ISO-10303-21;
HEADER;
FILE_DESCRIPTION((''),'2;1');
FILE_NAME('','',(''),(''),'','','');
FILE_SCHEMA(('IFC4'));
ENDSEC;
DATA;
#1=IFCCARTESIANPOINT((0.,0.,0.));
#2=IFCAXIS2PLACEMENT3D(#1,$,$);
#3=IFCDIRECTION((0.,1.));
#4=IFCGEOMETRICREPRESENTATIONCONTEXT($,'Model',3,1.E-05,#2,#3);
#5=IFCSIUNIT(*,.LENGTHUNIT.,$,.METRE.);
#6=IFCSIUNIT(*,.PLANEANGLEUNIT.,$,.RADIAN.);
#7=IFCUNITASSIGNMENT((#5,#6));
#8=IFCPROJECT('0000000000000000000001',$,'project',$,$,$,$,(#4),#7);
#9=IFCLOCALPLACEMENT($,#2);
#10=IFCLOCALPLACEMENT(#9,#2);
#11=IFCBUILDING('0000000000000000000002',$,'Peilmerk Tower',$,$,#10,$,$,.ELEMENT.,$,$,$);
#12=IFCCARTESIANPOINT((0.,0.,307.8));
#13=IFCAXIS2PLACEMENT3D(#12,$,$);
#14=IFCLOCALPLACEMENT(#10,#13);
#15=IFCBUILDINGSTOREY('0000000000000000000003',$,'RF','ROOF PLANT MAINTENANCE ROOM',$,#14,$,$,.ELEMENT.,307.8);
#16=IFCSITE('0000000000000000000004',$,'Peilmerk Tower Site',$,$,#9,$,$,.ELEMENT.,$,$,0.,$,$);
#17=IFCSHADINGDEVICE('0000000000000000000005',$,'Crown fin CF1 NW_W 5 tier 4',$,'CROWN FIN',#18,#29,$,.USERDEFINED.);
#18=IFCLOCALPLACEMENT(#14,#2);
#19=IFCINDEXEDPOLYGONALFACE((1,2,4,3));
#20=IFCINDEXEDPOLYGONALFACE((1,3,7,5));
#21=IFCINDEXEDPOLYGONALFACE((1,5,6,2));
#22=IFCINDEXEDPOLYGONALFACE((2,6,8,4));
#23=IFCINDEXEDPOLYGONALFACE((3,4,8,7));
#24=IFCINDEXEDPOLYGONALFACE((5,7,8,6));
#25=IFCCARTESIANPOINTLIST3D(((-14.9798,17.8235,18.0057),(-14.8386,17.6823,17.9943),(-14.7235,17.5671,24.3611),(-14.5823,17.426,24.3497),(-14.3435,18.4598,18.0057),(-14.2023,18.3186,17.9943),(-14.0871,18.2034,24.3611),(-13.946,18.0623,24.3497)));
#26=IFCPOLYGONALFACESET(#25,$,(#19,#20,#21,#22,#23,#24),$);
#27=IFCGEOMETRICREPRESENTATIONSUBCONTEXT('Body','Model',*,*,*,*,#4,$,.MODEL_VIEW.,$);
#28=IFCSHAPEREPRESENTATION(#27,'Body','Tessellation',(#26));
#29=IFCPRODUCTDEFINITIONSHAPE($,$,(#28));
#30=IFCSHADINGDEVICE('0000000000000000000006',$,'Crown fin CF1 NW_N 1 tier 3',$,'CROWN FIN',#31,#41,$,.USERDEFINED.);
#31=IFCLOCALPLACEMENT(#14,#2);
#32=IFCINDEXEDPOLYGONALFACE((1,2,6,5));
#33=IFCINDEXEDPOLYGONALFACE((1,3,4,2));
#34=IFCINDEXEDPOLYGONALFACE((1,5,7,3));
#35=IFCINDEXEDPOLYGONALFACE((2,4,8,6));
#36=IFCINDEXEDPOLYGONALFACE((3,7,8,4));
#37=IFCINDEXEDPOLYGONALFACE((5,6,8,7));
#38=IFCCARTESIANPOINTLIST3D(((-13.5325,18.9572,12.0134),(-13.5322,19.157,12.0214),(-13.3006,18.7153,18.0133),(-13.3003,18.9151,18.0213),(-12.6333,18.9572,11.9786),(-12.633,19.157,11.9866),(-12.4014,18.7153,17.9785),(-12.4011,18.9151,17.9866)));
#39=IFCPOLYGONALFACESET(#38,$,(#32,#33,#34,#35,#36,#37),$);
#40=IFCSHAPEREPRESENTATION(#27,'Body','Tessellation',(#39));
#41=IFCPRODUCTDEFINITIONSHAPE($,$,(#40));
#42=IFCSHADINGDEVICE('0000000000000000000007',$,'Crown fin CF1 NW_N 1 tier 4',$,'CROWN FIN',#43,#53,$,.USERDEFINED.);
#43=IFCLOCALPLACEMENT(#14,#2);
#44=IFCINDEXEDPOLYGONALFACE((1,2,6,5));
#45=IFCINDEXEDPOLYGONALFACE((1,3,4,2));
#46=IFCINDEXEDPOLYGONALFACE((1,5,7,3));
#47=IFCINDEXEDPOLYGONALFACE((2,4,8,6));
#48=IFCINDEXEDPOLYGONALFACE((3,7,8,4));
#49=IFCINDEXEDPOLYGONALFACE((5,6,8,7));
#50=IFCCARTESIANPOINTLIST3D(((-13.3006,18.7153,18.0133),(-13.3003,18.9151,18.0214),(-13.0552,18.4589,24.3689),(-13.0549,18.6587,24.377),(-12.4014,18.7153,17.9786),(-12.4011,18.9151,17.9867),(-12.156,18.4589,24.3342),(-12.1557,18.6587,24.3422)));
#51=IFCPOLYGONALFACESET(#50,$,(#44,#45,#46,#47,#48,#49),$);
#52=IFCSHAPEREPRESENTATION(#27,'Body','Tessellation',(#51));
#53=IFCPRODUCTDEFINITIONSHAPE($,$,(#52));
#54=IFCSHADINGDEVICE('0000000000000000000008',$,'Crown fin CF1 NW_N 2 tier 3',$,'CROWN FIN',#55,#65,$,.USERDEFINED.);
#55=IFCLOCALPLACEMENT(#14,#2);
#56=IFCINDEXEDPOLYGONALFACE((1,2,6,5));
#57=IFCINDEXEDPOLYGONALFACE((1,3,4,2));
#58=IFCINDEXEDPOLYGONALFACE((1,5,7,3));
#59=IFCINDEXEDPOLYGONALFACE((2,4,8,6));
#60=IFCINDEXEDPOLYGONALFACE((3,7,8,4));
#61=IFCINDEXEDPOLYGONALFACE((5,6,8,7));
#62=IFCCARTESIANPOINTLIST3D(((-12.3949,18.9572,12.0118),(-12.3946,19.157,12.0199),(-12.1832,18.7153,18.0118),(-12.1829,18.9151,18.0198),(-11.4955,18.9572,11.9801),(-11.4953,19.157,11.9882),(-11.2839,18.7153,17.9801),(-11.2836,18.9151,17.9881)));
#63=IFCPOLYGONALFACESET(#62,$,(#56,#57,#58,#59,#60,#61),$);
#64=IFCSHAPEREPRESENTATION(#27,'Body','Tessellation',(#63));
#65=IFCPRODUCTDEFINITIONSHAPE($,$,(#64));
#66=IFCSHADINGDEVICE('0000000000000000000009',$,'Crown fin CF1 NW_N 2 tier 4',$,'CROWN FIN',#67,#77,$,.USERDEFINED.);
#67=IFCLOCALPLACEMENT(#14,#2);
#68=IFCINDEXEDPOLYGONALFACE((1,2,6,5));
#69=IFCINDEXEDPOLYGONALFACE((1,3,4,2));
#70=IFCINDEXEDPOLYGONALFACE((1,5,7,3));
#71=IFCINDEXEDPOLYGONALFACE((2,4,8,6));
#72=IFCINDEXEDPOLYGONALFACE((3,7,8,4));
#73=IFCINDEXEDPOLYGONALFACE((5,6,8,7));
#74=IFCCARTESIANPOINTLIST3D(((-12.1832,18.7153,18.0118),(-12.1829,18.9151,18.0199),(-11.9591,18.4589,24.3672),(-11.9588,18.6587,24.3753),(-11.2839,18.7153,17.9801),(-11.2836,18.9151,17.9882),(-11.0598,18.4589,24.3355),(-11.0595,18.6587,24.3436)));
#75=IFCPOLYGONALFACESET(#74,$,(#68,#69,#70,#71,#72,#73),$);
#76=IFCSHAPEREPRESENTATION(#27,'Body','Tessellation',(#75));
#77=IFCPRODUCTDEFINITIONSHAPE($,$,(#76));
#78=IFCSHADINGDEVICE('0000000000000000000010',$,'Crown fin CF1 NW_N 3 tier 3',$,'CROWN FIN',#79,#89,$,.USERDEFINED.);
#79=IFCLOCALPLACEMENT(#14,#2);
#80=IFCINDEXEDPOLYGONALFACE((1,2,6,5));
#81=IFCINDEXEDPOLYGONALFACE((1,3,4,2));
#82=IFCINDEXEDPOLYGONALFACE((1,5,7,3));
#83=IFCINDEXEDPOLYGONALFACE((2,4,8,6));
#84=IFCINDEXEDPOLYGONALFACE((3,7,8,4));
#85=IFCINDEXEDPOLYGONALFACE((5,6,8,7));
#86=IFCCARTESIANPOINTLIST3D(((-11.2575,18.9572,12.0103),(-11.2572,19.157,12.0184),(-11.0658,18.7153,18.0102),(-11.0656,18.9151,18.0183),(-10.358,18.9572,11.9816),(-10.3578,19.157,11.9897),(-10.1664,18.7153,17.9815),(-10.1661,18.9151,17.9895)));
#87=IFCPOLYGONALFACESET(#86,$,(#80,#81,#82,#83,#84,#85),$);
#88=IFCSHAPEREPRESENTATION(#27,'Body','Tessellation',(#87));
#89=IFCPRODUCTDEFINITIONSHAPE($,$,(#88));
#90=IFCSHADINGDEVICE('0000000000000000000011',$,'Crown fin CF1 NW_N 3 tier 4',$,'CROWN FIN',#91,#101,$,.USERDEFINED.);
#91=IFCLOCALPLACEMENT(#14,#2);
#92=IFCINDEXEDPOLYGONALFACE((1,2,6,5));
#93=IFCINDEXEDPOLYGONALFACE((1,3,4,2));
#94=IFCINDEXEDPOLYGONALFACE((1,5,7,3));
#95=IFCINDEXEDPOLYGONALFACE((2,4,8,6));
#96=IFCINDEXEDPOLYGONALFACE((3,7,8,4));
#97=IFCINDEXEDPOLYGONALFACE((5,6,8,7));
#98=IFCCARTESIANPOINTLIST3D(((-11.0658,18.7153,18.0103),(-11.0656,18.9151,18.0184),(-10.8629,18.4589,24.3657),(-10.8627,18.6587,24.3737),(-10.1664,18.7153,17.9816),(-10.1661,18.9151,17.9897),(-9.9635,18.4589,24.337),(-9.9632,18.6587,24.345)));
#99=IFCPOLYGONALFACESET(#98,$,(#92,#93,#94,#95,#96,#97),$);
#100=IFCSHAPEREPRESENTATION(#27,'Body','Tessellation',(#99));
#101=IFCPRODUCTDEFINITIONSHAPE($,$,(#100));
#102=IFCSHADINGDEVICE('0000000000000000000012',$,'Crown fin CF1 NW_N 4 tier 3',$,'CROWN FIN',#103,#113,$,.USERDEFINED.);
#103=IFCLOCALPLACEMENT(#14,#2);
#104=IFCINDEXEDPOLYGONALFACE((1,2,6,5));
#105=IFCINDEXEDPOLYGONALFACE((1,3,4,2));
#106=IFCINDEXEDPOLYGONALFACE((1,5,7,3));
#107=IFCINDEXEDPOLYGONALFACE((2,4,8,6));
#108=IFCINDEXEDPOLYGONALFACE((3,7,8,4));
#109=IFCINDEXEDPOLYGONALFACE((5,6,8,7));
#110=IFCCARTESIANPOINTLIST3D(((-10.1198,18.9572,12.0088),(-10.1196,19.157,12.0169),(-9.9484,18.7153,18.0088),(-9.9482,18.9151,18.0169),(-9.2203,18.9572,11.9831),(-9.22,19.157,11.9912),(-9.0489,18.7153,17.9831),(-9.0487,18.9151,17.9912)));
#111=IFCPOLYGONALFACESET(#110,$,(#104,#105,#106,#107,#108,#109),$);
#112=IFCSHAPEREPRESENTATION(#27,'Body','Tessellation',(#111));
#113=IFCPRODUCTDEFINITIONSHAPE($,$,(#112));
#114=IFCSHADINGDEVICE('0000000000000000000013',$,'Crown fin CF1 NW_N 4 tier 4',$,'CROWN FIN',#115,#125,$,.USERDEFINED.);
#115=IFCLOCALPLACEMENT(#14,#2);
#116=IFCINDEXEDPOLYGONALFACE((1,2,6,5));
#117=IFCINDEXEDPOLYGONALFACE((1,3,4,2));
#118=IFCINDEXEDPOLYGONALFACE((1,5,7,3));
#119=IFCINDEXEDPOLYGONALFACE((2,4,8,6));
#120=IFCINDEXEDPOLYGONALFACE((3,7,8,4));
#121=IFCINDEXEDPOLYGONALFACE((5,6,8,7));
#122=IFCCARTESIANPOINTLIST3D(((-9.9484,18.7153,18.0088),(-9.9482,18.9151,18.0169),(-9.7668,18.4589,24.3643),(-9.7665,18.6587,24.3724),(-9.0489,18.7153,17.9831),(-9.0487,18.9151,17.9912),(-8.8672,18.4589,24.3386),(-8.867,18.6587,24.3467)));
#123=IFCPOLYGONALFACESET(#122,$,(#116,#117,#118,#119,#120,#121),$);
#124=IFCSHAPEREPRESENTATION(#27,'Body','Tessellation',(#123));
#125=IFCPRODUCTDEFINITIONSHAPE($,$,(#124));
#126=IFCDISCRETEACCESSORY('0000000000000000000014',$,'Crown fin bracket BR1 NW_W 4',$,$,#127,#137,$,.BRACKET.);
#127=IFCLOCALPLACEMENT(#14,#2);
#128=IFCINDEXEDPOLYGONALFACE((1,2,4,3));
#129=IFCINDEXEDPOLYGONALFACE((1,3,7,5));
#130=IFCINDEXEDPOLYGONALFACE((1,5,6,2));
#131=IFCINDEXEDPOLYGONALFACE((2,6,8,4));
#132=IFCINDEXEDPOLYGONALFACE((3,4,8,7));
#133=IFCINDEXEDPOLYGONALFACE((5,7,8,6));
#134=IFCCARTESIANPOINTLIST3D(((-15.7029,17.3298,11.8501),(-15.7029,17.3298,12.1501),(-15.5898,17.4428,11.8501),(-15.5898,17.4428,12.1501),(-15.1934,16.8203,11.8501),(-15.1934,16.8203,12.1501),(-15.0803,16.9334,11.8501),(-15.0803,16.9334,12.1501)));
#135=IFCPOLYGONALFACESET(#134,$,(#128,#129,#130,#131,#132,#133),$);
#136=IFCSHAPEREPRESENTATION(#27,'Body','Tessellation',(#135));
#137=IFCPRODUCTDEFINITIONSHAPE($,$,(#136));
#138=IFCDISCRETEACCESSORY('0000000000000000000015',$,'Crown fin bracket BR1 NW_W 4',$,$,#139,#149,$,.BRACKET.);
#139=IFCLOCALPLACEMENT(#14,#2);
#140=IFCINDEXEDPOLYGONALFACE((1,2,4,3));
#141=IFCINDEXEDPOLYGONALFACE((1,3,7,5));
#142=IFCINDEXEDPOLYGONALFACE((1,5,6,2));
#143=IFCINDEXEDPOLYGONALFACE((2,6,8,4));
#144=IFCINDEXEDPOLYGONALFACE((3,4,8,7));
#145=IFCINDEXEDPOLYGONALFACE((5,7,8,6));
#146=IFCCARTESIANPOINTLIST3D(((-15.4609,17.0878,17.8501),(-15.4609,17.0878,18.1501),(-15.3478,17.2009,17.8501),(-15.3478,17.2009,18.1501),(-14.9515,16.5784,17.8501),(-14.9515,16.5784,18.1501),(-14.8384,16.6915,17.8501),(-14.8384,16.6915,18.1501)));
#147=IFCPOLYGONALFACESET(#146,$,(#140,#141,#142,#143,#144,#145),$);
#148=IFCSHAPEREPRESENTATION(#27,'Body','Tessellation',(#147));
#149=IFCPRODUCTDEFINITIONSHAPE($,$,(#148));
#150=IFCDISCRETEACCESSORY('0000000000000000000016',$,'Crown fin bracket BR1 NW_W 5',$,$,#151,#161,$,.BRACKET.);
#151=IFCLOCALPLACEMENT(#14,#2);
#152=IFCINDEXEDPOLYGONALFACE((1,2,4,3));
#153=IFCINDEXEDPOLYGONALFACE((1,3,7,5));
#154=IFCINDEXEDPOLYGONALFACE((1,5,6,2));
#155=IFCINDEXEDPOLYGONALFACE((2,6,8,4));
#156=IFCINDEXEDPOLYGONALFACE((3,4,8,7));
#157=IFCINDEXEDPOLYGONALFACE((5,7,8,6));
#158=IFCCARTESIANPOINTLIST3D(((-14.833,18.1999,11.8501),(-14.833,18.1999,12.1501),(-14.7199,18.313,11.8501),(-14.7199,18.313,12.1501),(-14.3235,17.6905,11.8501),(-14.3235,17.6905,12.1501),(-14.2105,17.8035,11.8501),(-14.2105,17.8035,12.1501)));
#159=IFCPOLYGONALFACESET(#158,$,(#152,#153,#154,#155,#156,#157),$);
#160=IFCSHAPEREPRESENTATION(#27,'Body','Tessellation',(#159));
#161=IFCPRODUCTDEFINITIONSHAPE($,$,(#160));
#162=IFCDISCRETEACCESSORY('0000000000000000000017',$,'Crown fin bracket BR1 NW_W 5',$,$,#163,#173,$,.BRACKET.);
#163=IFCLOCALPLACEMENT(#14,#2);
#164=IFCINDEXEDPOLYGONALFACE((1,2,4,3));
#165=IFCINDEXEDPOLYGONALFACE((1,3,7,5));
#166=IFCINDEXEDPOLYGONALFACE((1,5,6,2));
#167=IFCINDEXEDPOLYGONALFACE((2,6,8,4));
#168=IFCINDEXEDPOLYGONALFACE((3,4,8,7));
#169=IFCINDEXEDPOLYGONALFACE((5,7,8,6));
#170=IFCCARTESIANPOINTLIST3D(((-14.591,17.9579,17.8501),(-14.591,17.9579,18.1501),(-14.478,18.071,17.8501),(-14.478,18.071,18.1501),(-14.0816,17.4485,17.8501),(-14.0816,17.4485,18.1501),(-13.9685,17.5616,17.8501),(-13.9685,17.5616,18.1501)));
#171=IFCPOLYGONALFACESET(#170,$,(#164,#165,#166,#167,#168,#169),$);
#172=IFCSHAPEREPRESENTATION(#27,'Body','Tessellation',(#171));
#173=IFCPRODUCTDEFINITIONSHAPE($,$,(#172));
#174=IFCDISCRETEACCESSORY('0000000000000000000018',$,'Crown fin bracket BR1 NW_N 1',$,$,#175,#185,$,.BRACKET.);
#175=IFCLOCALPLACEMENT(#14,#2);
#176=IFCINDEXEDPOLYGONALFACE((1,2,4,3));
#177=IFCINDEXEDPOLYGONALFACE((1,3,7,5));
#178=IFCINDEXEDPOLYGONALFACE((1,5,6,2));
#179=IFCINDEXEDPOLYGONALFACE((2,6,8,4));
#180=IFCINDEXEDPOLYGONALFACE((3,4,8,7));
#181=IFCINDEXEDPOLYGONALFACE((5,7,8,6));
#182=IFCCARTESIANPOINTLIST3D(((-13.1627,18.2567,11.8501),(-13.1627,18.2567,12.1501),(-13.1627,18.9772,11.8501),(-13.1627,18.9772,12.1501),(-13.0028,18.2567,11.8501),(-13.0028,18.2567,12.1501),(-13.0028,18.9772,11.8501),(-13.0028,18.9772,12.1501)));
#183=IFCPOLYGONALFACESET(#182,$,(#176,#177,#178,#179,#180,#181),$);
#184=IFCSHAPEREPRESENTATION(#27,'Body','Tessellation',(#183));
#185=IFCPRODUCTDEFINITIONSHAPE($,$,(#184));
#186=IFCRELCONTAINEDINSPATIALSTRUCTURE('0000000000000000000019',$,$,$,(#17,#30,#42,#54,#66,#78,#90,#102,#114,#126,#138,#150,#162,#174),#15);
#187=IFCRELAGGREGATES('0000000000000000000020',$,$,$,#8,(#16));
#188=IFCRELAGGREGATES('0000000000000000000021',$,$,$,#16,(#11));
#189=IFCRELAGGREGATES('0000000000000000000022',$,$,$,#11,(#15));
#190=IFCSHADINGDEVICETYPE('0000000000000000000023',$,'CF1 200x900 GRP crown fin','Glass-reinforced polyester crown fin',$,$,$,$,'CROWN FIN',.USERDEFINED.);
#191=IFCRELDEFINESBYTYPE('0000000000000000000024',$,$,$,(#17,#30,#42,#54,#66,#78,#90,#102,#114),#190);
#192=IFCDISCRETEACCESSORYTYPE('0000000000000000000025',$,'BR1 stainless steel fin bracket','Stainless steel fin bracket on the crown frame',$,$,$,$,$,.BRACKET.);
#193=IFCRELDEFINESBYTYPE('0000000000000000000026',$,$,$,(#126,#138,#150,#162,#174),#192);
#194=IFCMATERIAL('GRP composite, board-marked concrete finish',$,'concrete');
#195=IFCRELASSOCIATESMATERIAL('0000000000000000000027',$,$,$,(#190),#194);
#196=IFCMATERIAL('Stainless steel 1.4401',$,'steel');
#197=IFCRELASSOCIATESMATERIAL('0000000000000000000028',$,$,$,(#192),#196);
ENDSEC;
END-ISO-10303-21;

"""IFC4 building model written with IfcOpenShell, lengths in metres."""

from ifc_helpers import new_model, si_unit, direction, frame, origin, origin_2d, place, context, subcontext, project, spatial, rectangle, extrude, source, transform, mapped, material, material_profile, profile_set, type_object, element, save


model = new_model("IFC4")

# Units and contexts
model_context = context("Model", 3, precision=1e-05, world=origin(), true_north=direction((0.0, 1.0)))
body_context = subcontext(model_context, "Body", "Model", "MODEL_VIEW")
ifc_project = project(units=[si_unit("LENGTHUNIT", "METRE"), si_unit("PLANEANGLEUNIT", "RADIAN")], contexts=[model_context])

# Site, building, storey
site_placement = place(None, origin())
site = spatial("IfcSite", under=ifc_project, at=site_placement, Name="Peilmerk Tower Site", CompositionType="ELEMENT", RefElevation=0.0)
building_placement = place(site_placement, origin())
building = spatial("IfcBuilding", under=site, at=building_placement, Name="Peilmerk Tower", CompositionType="ELEMENT")
storey_placement = place(building_placement, frame((0.0, 0.0, 307.8)))
storey = spatial("IfcBuildingStorey", under=building, at=storey_placement, Name="RF", Description="ROOF PLANT MAINTENANCE ROOM", CompositionType="ELEMENT", Elevation=307.8)

# Shading devices
ifc_material_1 = material(Name="GRP composite, board-marked concrete finish", Category="concrete")
ifc_material_profile_1 = material_profile(ifc_material_1, rectangle(XDim=0.2, YDim=0.8999, at=origin_2d()), Name="CF1 200x900")
ifc_profile_set_1 = profile_set([ifc_material_profile_1], Name="GRP composite, board-marked concrete finish")
shading_device_type = type_object("IfcShadingDeviceType", Name="CF1 200x900 GRP crown fin", Description="Glass-reinforced polyester crown fin", ElementType="CROWN FIN", PredefinedType="USERDEFINED", material=ifc_profile_set_1)
shared_shape_1 = source(origin(), body_context, "Body", "SweptSolid", [
    extrude(rectangle(XDim=0.2, YDim=0.8999, at=origin_2d()), origin(), (0.0, 0.0, 1.0), 6.3657),
])
for number, where, z_axis, x_axis, name in (
    (1, (-14.5911, 18.071, 18.0), (0.04027, -0.04027, 0.998377), (-0.705959, 0.705959, 0.05695), "Crown fin CF1 NW_W 5 tier 4"),
):
    element("IfcShadingDevice", number, at=place(storey_placement, frame(where, z_axis=z_axis, x_axis=x_axis)), inside=storey, type_object=shading_device_type, Name=name, ObjectType="CROWN FIN", PredefinedType="USERDEFINED", context=body_context, shape_type="MappedRepresentation", body=[
        mapped(shared_shape_1, transform((0.0, 0.0, 0.0), scale=1.0)),
    ])
shared_shape_2 = source(origin(), body_context, "Body", "SweptSolid", [
    extrude(rectangle(XDim=0.2, YDim=0.8999, at=origin_2d()), origin(), (0.0, 0.0, 1.0), 6.0093),
])
shading_device_1_placement = place(storey_placement, frame((-13.0828, 19.0571, 12.0), z_axis=(0.038595, -0.040261, 0.998444), x_axis=(0.001555, 0.999189, 0.040231)))
element("IfcShadingDevice", 2, at=shading_device_1_placement, inside=storey, type_object=shading_device_type, Name="Crown fin CF1 NW_N 1 tier 3", ObjectType="CROWN FIN", PredefinedType="USERDEFINED", context=body_context, shape_type="MappedRepresentation", body=[
    mapped(shared_shape_2, transform((0.0, 0.0, 0.0), scale=1.0)),
])
shared_shape_3 = source(origin(), body_context, "Body", "SweptSolid", [
    extrude(rectangle(XDim=0.2, YDim=0.8999, at=origin_2d()), origin(), (0.0, 0.0, 1.0), 6.3655),
])
shading_device_2_placement = place(storey_placement, frame((-12.8508, 18.8152, 18.0), z_axis=(0.038546, -0.040272, 0.998445), x_axis=(0.001554, 0.999189, 0.040242)))
element("IfcShadingDevice", 3, at=shading_device_2_placement, inside=storey, type_object=shading_device_type, Name="Crown fin CF1 NW_N 1 tier 4", ObjectType="CROWN FIN", PredefinedType="USERDEFINED", context=body_context, shape_type="MappedRepresentation", body=[
    mapped(shared_shape_3, transform((0.0, 0.0, 0.0), scale=1.0)),
])
shared_shape_4 = source(origin(), body_context, "Body", "SweptSolid", [
    extrude(rectangle(XDim=0.2, YDim=0.8999, at=origin_2d()), origin(), (0.0, 0.0, 1.0), 6.0085),
])
shading_device_3_placement = place(storey_placement, frame((-11.9451, 19.0571, 12.0), z_axis=(0.035228, -0.040266, 0.998568), x_axis=(0.00142, 0.999189, 0.040241)))
element("IfcShadingDevice", 4, at=shading_device_3_placement, inside=storey, type_object=shading_device_type, Name="Crown fin CF1 NW_N 2 tier 3", ObjectType="CROWN FIN", PredefinedType="USERDEFINED", context=body_context, shape_type="MappedRepresentation", body=[
    mapped(shared_shape_4, transform((0.0, 0.0, 0.0), scale=1.0)),
])
shared_shape_5 = source(origin(), body_context, "Body", "SweptSolid", [
    extrude(rectangle(XDim=0.2, YDim=0.8999, at=origin_2d()), origin(), (0.0, 0.0, 1.0), 6.3645),
])
shading_device_4_placement = place(storey_placement, frame((-11.7334, 18.8152, 18.0), z_axis=(0.035214, -0.040277, 0.998568), x_axis=(0.001419, 0.999189, 0.040252)))
element("IfcShadingDevice", 5, at=shading_device_4_placement, inside=storey, type_object=shading_device_type, Name="Crown fin CF1 NW_N 2 tier 4", ObjectType="CROWN FIN", PredefinedType="USERDEFINED", context=body_context, shape_type="MappedRepresentation", body=[
    mapped(shared_shape_5, transform((0.0, 0.0, 0.0), scale=1.0)),
])
shared_shape_6 = source(origin(), body_context, "Body", "SweptSolid", [
    extrude(rectangle(XDim=0.2, YDim=0.8999, at=origin_2d()), origin(), (0.0, 0.0, 1.0), 6.0078),
])
shading_device_5_placement = place(storey_placement, frame((-10.8076, 19.0571, 12.0), z_axis=(0.0319, -0.040271, 0.998679), x_axis=(0.001286, 0.999189, 0.04025)))
element("IfcShadingDevice", 6, at=shading_device_5_placement, inside=storey, type_object=shading_device_type, Name="Crown fin CF1 NW_N 3 tier 3", ObjectType="CROWN FIN", PredefinedType="USERDEFINED", context=body_context, shape_type="MappedRepresentation", body=[
    mapped(shared_shape_6, transform((0.0, 0.0, 0.0), scale=1.0)),
])
shared_shape_7 = source(origin(), body_context, "Body", "SweptSolid", [
    extrude(rectangle(XDim=0.2, YDim=0.8999, at=origin_2d()), origin(), (0.0, 0.0, 1.0), 6.3638),
])
shading_device_6_placement = place(storey_placement, frame((-10.616, 18.8152, 18.0), z_axis=(0.03188, -0.040282, 0.99868), x_axis=(0.001285, 0.999188, 0.040261)))
element("IfcShadingDevice", 7, at=shading_device_6_placement, inside=storey, type_object=shading_device_type, Name="Crown fin CF1 NW_N 3 tier 4", ObjectType="CROWN FIN", PredefinedType="USERDEFINED", context=body_context, shape_type="MappedRepresentation", body=[
    mapped(shared_shape_7, transform((0.0, 0.0, 0.0), scale=1.0)),
])
shared_shape_8 = source(origin(), body_context, "Body", "SweptSolid", [
    extrude(rectangle(XDim=0.2, YDim=0.8999, at=origin_2d()), origin(), (0.0, 0.0, 1.0), 6.0073),
])
shading_device_7_placement = place(storey_placement, frame((-9.6699, 19.0571, 12.0), z_axis=(0.02853, -0.040275, 0.998781), x_axis=(0.00115, 0.999189, 0.040258)))
element("IfcShadingDevice", 8, at=shading_device_7_placement, inside=storey, type_object=shading_device_type, Name="Crown fin CF1 NW_N 4 tier 3", ObjectType="CROWN FIN", PredefinedType="USERDEFINED", context=body_context, shape_type="MappedRepresentation", body=[
    mapped(shared_shape_8, transform((0.0, 0.0, 0.0), scale=1.0)),
])
shared_shape_9 = source(origin(), body_context, "Body", "SweptSolid", [
    extrude(rectangle(XDim=0.2, YDim=0.8999, at=origin_2d()), origin(), (0.0, 0.0, 1.0), 6.3633),
])
shading_device_8_placement = place(storey_placement, frame((-9.4985, 18.8152, 18.0), z_axis=(0.028545, -0.040286, 0.99878), x_axis=(0.001151, 0.999188, 0.040269)))
element("IfcShadingDevice", 9, at=shading_device_8_placement, inside=storey, type_object=shading_device_type, Name="Crown fin CF1 NW_N 4 tier 4", ObjectType="CROWN FIN", PredefinedType="USERDEFINED", context=body_context, shape_type="MappedRepresentation", body=[
    mapped(shared_shape_9, transform((0.0, 0.0, 0.0), scale=1.0)),
])

# Discrete accessories
ifc_material_2 = material(Name="Stainless steel 1.4401", Category="steel")
discrete_accessory_type = type_object("IfcDiscreteAccessoryType", Name="BR1 stainless steel fin bracket", Description="Stainless steel fin bracket on the crown frame", PredefinedType="BRACKET", material=ifc_material_2)
shared_shape_10 = source(origin(), body_context, "Body", "SweptSolid", [
    extrude(rectangle(XDim=0.7205, YDim=0.1599, at=origin_2d()), origin(), (0.0, 0.0, 1.0), 0.3),
])
for number, where, z_axis, x_axis, name in (
    (10, (-15.3916, 17.1316, 11.8501), (0.0, 0.0, 1.0), (-0.707107, 0.707107, 0.0), "Crown fin bracket BR1 NW_W 4"),
    (11, (-15.1497, 16.8896, 17.8501), (0.0, 0.0, 1.0), (-0.707107, 0.707107, 0.0), "Crown fin bracket BR1 NW_W 4"),
    (12, (-14.5217, 18.0017, 11.8501), (0.0, 0.0, 1.0), (-0.707107, 0.707107, 0.0), "Crown fin bracket BR1 NW_W 5"),
    (13, (-14.2798, 17.7598, 17.8501), (0.0, 0.0, 1.0), (-0.707107, 0.707107, 0.0), "Crown fin bracket BR1 NW_W 5"),
    (14, (-13.0828, 18.6169, 11.8501), (0.0, 0.0, 1.0), (0.0, 1.0, 0.0), "Crown fin bracket BR1 NW_N 1"),
):
    element("IfcDiscreteAccessory", number, at=place(storey_placement, frame(where, z_axis=z_axis, x_axis=x_axis)), inside=storey, type_object=discrete_accessory_type, Name=name, PredefinedType="BRACKET", context=body_context, shape_type="MappedRepresentation", body=[
        mapped(shared_shape_10, transform((0.0, 0.0, 0.0), scale=1.0)),
    ])

save(model, "model.ifc")
